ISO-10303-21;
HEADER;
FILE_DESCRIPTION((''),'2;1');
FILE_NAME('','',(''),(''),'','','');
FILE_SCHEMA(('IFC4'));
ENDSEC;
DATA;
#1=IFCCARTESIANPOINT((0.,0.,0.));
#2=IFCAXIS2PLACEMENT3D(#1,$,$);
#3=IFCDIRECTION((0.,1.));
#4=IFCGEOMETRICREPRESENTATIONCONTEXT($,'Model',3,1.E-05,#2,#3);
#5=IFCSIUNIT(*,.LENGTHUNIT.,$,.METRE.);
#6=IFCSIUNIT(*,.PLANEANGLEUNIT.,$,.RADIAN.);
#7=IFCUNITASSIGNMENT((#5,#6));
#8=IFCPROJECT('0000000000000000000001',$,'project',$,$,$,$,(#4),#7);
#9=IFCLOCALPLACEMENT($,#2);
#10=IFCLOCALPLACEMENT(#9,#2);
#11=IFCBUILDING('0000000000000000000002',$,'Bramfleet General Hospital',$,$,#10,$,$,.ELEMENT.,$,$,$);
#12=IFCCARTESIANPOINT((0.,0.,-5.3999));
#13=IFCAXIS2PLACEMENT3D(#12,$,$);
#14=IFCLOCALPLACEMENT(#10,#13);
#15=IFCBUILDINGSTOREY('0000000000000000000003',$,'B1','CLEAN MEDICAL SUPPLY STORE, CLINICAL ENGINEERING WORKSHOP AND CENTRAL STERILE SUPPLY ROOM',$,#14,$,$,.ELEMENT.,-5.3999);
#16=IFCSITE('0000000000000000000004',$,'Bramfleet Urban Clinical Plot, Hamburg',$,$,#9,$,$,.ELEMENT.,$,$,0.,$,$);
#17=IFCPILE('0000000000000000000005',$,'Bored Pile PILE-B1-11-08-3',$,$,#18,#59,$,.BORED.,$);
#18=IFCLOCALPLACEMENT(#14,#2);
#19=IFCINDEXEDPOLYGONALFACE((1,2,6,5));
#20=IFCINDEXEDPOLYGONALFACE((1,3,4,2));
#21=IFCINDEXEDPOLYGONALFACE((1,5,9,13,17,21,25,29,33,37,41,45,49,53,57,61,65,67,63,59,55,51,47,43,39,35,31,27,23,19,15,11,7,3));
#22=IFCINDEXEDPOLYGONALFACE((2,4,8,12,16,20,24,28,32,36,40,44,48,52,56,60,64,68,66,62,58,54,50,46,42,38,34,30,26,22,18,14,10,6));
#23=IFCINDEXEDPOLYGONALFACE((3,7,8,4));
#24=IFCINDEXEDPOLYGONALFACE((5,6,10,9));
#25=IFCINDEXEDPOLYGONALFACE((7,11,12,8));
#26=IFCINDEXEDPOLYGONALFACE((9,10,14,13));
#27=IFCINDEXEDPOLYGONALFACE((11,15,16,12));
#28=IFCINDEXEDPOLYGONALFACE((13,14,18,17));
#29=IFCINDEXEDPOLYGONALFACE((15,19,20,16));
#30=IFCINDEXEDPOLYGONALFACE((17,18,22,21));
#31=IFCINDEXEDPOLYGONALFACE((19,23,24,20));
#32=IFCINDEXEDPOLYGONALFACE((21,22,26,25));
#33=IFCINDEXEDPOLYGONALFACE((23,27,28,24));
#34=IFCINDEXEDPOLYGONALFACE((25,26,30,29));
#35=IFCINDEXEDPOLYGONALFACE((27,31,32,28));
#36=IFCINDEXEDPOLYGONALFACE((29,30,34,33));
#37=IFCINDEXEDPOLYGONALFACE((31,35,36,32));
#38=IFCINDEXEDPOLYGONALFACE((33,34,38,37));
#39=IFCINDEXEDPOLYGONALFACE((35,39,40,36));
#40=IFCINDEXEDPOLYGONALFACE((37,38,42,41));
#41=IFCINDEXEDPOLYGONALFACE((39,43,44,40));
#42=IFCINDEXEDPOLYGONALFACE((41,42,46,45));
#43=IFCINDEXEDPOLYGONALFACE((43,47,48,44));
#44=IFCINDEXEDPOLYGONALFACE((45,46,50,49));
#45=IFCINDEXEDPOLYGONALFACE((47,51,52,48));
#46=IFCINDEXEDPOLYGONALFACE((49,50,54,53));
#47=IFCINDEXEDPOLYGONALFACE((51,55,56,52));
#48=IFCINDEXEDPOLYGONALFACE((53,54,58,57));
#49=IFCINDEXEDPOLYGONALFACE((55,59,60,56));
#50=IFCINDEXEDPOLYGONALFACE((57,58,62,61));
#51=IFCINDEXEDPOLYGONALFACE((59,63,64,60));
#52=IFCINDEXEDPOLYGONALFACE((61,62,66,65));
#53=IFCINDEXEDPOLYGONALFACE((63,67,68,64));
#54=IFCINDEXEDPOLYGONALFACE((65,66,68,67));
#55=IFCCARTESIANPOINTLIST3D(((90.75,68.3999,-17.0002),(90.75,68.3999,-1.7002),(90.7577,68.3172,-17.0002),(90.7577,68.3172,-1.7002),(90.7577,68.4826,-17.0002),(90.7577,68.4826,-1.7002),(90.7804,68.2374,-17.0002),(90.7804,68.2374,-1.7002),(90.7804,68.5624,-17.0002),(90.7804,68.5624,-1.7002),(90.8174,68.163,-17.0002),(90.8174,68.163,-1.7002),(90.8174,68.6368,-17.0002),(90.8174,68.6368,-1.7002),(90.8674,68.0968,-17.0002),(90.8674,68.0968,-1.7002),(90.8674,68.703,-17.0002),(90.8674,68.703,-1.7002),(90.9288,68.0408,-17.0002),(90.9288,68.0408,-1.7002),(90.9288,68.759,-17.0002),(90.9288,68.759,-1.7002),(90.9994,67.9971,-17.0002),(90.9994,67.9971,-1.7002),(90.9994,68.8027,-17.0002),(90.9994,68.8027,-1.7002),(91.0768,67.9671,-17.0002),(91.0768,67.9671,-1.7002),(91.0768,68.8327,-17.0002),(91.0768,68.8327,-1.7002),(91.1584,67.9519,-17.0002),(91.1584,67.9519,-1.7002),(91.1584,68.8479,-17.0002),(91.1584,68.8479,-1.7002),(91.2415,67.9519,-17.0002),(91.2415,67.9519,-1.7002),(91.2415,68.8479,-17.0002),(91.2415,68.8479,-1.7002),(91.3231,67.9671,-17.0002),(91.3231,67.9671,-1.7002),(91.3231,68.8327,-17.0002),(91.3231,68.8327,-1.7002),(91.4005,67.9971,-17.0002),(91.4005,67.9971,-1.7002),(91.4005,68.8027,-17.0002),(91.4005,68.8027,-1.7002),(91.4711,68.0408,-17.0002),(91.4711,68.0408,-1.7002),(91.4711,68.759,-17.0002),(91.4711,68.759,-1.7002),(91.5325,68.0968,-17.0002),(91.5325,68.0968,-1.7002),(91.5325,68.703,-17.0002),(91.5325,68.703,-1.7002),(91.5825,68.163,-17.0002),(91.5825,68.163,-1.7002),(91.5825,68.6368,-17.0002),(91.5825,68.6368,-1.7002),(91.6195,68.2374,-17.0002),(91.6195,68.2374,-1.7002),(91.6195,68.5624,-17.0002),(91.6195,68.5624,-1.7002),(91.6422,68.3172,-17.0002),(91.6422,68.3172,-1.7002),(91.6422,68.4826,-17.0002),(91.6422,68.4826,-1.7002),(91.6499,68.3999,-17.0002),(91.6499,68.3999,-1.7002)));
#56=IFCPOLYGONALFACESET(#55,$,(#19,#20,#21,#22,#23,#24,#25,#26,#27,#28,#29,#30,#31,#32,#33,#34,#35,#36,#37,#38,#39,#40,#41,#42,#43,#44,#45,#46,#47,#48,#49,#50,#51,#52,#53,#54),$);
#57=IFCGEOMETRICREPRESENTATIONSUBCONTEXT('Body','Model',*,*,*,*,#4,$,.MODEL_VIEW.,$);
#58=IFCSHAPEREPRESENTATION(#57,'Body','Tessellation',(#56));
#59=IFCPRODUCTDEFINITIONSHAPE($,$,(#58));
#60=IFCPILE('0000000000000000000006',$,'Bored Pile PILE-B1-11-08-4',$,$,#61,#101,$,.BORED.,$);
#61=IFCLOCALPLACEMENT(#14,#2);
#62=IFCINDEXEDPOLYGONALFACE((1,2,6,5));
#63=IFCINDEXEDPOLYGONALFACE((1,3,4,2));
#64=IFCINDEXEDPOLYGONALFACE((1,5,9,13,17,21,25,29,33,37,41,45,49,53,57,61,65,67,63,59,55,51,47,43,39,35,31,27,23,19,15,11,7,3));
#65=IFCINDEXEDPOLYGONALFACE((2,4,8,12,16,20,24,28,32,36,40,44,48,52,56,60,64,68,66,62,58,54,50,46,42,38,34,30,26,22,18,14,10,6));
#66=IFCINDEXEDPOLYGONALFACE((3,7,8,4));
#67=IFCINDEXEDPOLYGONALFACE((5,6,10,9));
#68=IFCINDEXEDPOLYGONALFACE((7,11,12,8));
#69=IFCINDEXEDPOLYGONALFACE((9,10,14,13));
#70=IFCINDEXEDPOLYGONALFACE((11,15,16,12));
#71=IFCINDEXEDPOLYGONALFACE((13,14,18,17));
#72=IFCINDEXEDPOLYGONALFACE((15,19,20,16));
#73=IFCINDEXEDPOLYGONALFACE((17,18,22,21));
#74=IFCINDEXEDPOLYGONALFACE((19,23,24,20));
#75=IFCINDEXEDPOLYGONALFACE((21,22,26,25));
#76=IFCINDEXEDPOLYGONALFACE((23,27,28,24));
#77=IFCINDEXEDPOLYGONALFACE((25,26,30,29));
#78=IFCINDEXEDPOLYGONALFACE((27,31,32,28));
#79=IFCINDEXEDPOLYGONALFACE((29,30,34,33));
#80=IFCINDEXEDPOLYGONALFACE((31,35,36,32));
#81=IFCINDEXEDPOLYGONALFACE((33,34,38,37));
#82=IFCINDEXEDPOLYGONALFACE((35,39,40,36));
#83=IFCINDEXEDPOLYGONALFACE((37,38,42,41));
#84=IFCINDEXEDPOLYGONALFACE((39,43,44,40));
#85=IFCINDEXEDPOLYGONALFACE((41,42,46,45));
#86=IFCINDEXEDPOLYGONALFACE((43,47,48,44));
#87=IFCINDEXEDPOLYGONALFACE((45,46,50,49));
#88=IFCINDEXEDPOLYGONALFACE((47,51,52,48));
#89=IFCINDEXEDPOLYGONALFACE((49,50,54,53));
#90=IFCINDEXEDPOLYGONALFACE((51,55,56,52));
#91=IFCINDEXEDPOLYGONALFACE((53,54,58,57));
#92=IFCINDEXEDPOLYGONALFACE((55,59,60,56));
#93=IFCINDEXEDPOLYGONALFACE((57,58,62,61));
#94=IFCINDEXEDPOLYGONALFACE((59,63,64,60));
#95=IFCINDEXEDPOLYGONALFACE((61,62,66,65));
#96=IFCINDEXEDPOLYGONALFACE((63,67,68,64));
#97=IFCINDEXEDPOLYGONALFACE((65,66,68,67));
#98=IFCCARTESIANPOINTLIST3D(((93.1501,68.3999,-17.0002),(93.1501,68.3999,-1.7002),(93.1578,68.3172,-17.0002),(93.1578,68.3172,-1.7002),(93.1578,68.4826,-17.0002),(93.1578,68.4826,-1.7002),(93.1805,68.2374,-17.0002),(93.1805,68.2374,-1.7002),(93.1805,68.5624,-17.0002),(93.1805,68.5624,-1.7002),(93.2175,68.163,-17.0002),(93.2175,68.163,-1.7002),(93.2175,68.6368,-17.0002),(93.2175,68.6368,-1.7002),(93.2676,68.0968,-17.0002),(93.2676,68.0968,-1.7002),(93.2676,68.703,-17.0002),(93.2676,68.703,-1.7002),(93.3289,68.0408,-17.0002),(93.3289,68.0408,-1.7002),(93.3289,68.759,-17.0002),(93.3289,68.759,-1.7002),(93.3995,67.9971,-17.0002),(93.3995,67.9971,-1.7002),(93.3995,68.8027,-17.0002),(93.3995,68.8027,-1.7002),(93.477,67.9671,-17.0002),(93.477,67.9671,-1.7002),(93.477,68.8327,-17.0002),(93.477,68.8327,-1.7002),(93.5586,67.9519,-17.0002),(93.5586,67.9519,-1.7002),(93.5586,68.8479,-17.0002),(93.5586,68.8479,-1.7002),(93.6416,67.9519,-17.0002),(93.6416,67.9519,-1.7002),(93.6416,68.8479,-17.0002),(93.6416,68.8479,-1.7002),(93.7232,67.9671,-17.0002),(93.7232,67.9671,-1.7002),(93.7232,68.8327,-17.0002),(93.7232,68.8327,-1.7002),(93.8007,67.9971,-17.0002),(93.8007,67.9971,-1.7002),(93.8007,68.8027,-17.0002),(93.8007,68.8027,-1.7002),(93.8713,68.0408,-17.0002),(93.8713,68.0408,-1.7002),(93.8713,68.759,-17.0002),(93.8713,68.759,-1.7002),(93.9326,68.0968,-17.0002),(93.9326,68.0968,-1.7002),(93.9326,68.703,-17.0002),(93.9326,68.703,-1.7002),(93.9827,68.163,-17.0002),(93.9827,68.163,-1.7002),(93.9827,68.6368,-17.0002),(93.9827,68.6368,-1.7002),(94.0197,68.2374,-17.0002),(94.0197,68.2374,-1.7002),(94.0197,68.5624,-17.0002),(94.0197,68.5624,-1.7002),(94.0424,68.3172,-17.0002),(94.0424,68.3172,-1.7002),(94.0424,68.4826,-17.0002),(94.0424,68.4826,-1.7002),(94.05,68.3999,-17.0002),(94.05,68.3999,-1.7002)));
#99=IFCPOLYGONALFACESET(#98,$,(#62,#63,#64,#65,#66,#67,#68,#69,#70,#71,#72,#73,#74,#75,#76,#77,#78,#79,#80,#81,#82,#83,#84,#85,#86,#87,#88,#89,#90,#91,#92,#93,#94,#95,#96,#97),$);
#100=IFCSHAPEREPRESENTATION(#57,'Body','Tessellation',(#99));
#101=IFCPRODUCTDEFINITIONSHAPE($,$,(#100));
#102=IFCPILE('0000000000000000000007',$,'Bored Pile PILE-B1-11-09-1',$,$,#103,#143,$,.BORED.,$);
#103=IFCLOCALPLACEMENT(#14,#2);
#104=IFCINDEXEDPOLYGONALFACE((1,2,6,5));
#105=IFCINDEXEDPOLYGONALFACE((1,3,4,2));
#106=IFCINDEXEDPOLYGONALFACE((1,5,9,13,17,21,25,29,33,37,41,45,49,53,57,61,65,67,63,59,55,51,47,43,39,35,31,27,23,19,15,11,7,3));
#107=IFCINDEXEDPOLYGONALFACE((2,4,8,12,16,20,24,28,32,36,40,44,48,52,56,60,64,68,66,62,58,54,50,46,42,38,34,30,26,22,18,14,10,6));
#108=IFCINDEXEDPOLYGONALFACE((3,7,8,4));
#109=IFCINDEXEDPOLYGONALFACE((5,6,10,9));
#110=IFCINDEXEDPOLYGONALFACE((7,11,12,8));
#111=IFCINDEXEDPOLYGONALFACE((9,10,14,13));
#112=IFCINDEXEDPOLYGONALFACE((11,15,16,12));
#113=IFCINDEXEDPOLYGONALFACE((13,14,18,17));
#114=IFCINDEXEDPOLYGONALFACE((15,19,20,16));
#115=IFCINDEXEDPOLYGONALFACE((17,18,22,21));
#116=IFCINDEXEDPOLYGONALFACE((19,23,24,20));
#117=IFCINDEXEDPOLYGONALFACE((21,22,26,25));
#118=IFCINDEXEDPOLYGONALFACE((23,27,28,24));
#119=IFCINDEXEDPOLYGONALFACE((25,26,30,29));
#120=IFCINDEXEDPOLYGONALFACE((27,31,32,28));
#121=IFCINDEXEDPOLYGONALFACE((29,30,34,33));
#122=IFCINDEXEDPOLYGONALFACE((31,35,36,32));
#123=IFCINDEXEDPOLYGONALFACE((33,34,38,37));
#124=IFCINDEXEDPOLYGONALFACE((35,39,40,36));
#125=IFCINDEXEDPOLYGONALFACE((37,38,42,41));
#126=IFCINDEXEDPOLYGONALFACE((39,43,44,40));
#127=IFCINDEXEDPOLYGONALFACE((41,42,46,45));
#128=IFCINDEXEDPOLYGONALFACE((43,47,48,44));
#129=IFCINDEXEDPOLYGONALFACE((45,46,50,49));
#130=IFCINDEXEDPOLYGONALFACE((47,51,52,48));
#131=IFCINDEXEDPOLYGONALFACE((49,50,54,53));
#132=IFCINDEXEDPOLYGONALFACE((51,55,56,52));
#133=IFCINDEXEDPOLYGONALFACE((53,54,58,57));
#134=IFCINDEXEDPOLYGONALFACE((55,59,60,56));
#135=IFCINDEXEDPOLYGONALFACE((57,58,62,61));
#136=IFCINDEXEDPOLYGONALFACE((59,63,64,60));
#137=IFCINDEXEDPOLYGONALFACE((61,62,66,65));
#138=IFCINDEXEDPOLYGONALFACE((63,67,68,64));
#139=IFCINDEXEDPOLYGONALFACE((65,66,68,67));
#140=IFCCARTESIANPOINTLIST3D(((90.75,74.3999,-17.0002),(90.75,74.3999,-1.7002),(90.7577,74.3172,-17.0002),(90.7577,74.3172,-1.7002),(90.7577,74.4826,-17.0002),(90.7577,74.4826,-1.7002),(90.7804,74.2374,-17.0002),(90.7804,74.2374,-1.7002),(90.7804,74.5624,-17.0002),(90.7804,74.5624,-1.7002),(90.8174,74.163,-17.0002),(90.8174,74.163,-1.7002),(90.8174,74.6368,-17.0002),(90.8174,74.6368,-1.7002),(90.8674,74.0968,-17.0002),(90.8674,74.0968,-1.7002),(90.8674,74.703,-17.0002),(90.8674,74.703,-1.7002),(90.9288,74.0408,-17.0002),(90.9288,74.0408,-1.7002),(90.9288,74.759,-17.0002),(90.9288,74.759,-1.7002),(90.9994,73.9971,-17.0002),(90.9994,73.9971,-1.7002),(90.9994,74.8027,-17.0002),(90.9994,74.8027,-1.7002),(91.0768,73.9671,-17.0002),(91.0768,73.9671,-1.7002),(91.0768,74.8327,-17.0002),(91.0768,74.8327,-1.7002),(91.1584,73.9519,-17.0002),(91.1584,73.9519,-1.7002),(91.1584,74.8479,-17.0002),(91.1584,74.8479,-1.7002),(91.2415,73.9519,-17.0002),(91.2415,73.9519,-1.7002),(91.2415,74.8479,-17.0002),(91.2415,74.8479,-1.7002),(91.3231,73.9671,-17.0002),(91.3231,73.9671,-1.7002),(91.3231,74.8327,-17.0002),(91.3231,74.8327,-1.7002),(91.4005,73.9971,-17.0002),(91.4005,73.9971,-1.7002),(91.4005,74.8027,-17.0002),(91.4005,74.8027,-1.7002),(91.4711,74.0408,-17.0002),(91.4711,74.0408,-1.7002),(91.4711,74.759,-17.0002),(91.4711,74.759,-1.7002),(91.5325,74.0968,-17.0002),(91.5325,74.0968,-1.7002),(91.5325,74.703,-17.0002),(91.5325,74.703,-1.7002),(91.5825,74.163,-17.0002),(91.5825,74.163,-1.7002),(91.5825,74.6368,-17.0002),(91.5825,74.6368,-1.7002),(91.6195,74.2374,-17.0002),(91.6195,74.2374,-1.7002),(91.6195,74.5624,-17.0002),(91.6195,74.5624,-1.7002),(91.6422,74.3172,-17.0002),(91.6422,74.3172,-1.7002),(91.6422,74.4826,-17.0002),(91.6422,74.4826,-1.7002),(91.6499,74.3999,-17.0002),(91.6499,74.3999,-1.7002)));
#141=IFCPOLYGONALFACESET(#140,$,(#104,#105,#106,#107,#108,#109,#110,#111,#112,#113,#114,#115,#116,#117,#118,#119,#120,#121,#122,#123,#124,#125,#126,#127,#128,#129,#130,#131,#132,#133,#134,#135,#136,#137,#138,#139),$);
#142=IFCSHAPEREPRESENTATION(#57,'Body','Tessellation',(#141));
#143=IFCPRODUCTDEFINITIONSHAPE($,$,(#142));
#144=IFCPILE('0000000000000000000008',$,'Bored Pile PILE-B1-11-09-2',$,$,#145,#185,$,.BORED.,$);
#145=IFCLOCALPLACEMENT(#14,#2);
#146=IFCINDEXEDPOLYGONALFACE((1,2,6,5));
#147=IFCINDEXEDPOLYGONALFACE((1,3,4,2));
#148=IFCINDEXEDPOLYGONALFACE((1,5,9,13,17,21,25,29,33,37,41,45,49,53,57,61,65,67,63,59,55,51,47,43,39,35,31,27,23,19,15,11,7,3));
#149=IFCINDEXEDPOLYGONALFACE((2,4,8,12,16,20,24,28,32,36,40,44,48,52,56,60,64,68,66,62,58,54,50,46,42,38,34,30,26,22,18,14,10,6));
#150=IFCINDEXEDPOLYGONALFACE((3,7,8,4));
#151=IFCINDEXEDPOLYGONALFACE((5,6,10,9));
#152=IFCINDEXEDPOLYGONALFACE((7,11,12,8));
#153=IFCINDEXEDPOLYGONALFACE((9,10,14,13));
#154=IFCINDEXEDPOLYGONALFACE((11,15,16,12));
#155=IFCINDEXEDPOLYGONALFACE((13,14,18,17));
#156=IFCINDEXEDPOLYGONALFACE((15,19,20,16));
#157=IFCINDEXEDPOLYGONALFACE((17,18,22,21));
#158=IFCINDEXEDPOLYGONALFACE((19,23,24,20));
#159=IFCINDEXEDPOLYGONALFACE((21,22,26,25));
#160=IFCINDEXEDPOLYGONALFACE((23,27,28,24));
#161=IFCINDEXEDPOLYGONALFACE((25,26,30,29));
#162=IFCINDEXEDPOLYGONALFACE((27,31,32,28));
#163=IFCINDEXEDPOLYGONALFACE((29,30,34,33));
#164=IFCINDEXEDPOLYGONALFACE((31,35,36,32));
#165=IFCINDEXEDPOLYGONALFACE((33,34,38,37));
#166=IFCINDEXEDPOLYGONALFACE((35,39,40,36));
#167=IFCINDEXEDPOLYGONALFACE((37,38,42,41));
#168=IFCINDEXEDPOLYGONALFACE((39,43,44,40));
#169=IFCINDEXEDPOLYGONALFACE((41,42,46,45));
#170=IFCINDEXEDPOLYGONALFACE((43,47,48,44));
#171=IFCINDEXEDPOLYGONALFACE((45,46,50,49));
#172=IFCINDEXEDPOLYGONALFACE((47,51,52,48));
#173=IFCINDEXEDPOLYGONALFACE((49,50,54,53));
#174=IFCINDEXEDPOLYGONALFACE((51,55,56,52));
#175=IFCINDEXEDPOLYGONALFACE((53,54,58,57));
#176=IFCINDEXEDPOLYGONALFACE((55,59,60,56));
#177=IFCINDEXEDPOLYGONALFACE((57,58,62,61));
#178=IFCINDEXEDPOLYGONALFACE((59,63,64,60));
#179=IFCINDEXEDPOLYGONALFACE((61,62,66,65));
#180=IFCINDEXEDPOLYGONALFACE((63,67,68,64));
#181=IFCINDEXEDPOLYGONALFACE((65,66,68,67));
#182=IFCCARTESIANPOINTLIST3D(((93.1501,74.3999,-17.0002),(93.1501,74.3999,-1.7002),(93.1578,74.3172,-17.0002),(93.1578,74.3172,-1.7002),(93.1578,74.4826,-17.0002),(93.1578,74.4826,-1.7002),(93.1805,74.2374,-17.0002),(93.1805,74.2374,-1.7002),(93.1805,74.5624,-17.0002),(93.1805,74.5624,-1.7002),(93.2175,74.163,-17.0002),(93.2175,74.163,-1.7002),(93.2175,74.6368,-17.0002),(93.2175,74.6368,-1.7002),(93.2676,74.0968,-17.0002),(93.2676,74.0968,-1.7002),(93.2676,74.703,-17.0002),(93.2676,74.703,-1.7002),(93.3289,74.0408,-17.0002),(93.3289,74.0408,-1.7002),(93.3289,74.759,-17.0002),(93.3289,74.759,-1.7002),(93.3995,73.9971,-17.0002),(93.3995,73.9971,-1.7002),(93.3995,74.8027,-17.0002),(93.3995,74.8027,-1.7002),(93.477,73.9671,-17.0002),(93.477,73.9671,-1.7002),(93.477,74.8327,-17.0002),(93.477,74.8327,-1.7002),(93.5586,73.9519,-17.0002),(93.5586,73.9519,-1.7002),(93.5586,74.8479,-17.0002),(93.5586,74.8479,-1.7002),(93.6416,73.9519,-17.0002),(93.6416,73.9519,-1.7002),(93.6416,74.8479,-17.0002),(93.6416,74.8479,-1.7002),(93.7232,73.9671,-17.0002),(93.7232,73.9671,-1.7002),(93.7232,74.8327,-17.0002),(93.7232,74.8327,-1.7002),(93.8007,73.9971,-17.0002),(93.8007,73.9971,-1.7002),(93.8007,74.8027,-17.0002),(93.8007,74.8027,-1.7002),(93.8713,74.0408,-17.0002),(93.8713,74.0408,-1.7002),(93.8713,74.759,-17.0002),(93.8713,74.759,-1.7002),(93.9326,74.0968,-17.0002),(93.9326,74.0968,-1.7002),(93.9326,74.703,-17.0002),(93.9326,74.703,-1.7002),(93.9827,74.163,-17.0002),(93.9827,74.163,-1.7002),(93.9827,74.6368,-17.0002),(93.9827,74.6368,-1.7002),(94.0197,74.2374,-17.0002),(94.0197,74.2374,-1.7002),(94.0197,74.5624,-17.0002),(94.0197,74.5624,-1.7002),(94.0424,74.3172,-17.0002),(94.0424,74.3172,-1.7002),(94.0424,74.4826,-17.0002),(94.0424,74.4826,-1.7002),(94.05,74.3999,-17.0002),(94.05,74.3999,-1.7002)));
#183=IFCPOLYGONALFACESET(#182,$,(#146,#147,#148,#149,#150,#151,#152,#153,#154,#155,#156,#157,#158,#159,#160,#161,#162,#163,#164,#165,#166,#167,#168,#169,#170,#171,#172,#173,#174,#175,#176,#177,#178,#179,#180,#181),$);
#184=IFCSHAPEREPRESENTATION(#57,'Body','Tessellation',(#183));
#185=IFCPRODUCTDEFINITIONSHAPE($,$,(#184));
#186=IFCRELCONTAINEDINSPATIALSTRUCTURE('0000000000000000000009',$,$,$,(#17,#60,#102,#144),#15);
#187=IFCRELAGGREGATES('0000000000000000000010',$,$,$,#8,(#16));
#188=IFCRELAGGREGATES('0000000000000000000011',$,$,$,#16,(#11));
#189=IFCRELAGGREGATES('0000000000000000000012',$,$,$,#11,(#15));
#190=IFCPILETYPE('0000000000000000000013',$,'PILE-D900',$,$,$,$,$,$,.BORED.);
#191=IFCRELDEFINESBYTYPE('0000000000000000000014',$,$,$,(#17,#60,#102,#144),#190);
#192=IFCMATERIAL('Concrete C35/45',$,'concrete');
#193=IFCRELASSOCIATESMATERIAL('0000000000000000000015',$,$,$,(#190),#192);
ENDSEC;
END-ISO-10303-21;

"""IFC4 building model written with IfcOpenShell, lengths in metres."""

from ifc_helpers import new_model, si_unit, direction, frame, origin, origin_2d, place, context, subcontext, project, spatial, circle, extrude, material, material_profile, profile_set, type_object, element, save


model = new_model("IFC4")

# Units and contexts
model_context = context("Model", 3, precision=1e-05, world=origin(), true_north=direction((0.0, 1.0)))
body_context = subcontext(model_context, "Body", "Model", "MODEL_VIEW")
ifc_project = project(units=[si_unit("LENGTHUNIT", "METRE"), si_unit("PLANEANGLEUNIT", "RADIAN")], contexts=[model_context])

# Site, building, storey
site_placement = place(None, origin())
site = spatial("IfcSite", under=ifc_project, at=site_placement, Name="Bramfleet Urban Clinical Plot, Hamburg", CompositionType="ELEMENT", RefElevation=0.0)
building_placement = place(site_placement, origin())
building = spatial("IfcBuilding", under=site, at=building_placement, Name="Bramfleet General Hospital", CompositionType="ELEMENT")
storey_placement = place(building_placement, frame((0.0, 0.0, -5.3999)))
storey = spatial("IfcBuildingStorey", under=building, at=storey_placement, Name="B1", Description="CLEAN MEDICAL SUPPLY STORE, CLINICAL ENGINEERING WORKSHOP AND CENTRAL STERILE SUPPLY ROOM", CompositionType="ELEMENT", Elevation=-5.3999)

# Shared definitions
ifc_material_1 = material(Name="Concrete C35/45", Category="concrete")

# Piles
ifc_material_profile_1 = material_profile(ifc_material_1, circle(Radius=0.45, at=origin_2d()), Name="PILE BORED D900")
ifc_profile_set_1 = profile_set([ifc_material_profile_1], Name="Concrete C35/45")
pile_type_1 = type_object("IfcPileType", Name="PILE-D900", PredefinedType="BORED", material=ifc_profile_set_1)
for number, where, z_axis, x_axis, name in (
    (1, (91.2, 68.3999, -1.7002), (0.0, 0.0, -1.0), (1.0, 0.0, 0.0), "Bored Pile PILE-B1-11-08-3"),
    (2, (93.6001, 68.3999, -1.7002), (0.0, 0.0, -1.0), (1.0, 0.0, 0.0), "Bored Pile PILE-B1-11-08-4"),
    (3, (91.2, 74.3999, -1.7002), (0.0, 0.0, -1.0), (1.0, 0.0, 0.0), "Bored Pile PILE-B1-11-09-1"),
    (4, (93.6001, 74.3999, -1.7002), (0.0, 0.0, -1.0), (1.0, 0.0, 0.0), "Bored Pile PILE-B1-11-09-2"),
):
    element("IfcPile", number, at=place(storey_placement, frame(where, z_axis=z_axis, x_axis=x_axis)), inside=storey, type_object=pile_type_1, Name=name, PredefinedType="BORED", context=body_context, shape_type="SweptSolid", body=[
        extrude(circle(Radius=0.45, at=origin_2d()), origin(), (0.0, 0.0, 1.0), 15.3),
    ])

save(model, "model.ifc")
